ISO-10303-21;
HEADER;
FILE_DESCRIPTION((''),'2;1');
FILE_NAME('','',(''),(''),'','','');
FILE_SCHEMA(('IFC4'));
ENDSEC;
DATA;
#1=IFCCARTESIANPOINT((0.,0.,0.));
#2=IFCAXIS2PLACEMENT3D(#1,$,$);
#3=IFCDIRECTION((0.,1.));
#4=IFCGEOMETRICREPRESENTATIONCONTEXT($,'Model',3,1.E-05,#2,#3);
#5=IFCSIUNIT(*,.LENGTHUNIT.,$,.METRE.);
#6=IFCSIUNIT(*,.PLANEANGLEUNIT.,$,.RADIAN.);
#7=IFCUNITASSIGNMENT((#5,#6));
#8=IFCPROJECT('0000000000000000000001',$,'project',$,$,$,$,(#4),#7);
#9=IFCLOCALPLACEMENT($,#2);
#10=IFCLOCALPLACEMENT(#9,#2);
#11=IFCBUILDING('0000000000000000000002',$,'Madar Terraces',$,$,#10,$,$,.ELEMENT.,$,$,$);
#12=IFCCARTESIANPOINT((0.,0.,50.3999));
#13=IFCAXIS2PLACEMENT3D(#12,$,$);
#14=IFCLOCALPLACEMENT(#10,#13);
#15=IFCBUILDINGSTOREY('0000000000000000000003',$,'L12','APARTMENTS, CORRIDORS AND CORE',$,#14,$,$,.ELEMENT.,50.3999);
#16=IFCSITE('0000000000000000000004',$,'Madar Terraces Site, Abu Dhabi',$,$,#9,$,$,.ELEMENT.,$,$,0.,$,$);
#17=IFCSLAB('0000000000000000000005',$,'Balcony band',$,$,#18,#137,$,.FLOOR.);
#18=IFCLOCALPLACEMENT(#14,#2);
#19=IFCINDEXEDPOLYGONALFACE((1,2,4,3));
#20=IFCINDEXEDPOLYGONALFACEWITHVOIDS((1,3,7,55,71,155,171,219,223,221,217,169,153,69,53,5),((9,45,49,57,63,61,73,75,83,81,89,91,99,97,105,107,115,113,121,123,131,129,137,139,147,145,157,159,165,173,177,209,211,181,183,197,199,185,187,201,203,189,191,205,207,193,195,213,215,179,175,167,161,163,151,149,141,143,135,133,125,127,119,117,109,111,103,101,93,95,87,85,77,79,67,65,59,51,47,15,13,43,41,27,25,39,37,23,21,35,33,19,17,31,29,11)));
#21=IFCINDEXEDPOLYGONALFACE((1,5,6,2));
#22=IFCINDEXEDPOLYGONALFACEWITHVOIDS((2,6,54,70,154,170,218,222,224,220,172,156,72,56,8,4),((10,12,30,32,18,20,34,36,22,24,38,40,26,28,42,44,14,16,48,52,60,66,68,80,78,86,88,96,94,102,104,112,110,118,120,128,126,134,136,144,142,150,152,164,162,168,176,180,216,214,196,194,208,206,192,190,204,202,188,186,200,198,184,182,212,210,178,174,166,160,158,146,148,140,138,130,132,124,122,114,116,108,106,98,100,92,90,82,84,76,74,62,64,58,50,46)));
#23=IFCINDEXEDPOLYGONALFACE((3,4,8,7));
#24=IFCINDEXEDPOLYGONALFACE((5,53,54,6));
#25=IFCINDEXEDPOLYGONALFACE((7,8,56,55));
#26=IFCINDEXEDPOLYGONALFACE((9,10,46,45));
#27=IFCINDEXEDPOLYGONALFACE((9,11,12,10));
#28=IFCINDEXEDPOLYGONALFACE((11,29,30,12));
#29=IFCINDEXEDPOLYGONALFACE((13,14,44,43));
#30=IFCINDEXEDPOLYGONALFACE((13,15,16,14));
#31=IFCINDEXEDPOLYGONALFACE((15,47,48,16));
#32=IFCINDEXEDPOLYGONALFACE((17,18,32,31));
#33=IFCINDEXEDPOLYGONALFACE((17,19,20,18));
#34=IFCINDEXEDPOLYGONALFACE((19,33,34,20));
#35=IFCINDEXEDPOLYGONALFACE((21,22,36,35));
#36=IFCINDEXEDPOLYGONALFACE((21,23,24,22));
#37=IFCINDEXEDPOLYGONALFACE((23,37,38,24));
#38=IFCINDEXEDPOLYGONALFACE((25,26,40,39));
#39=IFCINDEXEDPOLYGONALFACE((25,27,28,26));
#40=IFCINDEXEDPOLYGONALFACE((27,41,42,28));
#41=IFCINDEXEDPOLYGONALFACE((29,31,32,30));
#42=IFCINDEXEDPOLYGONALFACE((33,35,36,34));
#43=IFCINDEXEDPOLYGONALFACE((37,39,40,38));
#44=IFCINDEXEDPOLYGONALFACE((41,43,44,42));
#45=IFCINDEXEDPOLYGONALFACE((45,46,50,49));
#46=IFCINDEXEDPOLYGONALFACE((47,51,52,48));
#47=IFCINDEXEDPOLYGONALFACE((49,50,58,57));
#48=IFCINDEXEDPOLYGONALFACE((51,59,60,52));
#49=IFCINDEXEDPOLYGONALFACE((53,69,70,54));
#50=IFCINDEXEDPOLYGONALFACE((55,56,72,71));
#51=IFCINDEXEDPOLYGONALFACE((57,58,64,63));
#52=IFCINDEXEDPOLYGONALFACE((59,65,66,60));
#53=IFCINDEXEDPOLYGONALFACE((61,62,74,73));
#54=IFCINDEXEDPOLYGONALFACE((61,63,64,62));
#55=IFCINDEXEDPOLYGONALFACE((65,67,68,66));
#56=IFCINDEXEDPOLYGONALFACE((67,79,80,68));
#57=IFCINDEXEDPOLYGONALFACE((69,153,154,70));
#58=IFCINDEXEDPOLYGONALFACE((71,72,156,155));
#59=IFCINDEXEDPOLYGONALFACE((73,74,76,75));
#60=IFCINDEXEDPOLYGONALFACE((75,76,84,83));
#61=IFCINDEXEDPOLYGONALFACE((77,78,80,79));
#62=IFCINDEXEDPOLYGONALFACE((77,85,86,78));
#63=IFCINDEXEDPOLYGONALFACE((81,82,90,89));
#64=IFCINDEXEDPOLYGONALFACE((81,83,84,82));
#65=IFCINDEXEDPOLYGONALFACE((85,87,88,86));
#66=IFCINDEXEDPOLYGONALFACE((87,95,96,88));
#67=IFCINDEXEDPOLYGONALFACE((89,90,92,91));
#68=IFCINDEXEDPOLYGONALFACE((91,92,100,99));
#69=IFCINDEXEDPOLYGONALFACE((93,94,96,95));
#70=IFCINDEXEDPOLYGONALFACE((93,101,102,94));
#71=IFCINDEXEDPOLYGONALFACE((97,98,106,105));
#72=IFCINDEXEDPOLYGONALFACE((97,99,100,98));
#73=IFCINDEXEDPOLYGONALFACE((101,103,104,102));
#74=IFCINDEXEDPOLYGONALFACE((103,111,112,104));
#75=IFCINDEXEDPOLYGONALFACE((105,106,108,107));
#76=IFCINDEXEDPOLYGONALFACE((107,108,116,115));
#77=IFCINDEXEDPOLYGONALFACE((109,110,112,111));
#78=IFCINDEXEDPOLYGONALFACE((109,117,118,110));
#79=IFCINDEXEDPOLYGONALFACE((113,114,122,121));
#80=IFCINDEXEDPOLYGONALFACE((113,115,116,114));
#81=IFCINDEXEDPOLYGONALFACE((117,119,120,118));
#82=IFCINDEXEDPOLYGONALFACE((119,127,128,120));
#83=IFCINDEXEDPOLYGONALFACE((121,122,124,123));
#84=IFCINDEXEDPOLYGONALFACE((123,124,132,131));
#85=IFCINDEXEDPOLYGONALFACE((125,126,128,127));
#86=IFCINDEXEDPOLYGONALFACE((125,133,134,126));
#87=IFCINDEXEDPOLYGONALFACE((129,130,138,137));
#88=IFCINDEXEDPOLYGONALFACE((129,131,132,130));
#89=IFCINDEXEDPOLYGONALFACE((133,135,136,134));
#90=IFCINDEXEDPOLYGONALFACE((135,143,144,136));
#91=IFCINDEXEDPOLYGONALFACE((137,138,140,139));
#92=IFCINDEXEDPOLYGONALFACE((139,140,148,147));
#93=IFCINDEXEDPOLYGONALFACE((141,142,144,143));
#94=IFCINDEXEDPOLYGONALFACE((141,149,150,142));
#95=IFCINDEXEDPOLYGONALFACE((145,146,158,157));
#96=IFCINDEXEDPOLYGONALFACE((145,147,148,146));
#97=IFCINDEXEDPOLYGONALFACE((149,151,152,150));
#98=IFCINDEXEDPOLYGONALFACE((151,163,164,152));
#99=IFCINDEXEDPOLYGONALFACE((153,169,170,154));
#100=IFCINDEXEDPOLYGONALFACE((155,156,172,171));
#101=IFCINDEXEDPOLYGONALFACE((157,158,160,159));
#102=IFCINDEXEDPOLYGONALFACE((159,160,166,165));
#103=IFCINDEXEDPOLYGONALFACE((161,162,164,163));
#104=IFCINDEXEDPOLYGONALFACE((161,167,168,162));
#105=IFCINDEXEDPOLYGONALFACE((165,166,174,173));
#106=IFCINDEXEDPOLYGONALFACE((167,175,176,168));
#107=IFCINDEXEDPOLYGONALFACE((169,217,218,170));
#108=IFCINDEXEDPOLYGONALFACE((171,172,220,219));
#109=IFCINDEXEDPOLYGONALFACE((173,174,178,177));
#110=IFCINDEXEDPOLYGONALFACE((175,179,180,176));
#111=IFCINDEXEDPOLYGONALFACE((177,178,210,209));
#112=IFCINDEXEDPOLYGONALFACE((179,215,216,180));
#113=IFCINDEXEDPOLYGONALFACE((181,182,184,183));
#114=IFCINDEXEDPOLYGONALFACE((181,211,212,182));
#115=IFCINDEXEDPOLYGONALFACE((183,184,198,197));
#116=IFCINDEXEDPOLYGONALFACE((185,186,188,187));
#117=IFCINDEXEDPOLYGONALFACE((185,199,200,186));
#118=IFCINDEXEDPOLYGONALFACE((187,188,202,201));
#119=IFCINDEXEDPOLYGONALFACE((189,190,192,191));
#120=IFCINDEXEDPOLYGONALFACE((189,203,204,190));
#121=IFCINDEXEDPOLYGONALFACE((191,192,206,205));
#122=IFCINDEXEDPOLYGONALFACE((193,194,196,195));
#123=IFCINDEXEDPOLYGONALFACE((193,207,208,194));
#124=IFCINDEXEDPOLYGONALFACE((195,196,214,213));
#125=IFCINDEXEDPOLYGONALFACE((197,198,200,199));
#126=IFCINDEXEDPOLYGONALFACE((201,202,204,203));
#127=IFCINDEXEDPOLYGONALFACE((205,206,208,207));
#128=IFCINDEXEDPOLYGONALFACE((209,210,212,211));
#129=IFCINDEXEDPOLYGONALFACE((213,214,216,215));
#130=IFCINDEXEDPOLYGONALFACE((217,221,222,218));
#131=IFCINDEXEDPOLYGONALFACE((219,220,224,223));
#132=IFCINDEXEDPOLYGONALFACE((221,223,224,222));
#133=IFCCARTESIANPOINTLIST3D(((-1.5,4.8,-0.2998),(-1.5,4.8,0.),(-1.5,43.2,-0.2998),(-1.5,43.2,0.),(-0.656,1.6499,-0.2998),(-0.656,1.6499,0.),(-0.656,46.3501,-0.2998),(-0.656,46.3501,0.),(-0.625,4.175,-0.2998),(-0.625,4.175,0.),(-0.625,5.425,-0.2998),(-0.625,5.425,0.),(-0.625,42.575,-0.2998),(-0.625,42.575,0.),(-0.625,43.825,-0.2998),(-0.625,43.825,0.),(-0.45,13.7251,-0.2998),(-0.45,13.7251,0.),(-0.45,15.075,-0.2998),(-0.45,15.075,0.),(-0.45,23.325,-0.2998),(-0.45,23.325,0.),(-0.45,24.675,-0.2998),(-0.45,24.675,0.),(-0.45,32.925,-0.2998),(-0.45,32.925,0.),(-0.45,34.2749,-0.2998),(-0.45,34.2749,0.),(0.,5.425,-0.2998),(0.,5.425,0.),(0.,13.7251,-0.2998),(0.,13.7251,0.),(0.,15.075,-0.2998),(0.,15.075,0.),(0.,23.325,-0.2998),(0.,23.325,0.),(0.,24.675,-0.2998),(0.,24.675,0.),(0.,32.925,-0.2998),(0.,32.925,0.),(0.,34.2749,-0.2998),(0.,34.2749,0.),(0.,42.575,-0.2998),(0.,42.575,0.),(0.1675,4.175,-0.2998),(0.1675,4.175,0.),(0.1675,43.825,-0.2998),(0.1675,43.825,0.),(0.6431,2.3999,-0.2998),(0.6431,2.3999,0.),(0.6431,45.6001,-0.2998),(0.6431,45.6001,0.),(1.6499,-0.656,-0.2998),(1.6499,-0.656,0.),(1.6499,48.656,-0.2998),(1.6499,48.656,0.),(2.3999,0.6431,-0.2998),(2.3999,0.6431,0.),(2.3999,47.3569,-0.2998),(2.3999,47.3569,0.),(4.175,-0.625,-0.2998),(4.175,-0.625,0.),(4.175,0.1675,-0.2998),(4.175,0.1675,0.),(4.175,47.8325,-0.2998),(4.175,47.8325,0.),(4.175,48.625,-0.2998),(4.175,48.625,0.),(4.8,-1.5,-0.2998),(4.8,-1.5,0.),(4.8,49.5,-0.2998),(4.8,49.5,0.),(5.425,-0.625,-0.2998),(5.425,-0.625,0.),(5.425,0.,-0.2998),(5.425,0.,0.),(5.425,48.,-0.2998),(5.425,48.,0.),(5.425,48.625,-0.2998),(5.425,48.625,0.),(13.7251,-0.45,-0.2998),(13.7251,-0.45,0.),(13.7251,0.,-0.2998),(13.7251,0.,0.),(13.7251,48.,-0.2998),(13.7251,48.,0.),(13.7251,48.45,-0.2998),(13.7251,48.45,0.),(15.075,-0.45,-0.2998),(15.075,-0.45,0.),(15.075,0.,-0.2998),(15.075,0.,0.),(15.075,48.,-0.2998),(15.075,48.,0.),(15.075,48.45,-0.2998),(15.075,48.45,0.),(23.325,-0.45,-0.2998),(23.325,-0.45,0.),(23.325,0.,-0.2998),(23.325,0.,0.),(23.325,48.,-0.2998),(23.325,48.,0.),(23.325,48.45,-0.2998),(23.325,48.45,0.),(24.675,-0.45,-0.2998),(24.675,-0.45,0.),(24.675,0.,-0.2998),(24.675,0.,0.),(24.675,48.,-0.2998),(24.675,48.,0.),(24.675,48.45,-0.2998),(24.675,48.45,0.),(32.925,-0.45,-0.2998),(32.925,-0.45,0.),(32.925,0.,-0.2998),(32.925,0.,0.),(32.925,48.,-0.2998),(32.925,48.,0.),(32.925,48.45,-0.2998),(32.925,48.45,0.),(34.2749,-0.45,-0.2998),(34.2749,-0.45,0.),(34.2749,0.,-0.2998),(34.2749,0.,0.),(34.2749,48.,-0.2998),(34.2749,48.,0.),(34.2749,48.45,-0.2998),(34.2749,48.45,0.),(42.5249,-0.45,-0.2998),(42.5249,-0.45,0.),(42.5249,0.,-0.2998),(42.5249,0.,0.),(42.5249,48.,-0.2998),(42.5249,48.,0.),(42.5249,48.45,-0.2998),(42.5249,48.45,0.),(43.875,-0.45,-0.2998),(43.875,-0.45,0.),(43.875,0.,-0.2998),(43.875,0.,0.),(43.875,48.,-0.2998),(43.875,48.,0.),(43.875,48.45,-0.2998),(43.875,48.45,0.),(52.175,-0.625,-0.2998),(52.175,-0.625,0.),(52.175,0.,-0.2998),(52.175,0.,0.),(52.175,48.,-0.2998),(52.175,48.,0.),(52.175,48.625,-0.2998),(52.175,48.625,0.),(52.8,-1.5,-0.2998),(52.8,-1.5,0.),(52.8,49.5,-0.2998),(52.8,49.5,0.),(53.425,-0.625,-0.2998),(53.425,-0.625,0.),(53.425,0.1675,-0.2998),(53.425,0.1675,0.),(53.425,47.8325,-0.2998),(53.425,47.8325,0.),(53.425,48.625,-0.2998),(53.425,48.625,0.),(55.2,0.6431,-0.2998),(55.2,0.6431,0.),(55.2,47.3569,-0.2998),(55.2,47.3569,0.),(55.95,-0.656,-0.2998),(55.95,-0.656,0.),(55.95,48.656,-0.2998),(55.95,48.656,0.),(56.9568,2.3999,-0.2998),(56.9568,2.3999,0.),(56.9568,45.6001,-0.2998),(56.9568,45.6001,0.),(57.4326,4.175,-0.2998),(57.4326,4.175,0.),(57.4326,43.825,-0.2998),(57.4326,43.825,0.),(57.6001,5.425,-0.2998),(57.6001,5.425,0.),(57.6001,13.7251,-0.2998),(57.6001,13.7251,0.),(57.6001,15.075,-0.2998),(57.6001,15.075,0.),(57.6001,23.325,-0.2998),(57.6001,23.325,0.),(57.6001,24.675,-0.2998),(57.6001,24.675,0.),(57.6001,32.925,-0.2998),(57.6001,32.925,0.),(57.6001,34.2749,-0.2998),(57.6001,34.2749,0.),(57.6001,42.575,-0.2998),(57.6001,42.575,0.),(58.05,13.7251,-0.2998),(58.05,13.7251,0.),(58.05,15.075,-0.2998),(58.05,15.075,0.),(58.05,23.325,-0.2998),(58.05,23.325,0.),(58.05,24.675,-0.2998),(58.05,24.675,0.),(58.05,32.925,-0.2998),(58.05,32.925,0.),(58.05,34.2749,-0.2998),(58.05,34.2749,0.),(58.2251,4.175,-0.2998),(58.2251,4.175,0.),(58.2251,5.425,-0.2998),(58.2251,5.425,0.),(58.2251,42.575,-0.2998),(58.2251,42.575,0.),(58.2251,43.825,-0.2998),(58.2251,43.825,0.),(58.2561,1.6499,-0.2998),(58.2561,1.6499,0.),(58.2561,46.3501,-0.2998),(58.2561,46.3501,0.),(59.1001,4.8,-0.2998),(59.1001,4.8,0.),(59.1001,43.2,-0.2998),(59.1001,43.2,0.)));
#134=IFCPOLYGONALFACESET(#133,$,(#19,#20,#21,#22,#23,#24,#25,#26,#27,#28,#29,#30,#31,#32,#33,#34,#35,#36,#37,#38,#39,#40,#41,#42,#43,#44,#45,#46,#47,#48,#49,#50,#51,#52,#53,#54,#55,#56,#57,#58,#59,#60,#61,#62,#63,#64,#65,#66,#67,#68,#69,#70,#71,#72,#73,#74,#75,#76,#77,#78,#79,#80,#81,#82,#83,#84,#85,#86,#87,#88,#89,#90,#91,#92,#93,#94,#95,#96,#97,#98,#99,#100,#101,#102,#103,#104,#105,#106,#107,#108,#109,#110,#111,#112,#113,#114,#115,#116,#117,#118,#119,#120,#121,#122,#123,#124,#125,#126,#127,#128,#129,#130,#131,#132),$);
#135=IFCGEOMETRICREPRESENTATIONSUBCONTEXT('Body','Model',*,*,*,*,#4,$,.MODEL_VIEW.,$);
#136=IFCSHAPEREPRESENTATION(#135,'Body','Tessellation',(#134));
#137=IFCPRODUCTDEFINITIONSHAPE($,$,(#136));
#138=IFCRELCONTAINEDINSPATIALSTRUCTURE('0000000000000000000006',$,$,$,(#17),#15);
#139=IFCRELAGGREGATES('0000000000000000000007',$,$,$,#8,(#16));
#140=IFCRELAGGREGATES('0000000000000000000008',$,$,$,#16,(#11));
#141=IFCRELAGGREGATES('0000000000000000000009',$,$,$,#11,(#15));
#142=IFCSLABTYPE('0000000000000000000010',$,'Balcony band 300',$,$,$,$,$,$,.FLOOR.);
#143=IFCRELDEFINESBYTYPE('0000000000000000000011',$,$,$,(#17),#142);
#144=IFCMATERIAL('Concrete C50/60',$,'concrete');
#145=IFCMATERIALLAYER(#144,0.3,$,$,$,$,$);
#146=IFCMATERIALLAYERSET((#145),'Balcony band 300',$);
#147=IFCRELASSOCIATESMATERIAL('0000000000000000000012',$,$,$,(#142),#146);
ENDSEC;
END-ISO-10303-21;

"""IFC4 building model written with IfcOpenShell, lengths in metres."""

from ifc_helpers import new_model, si_unit, direction, frame, origin, place, context, subcontext, project, spatial, polyline, outline, extrude, material, layer, layer_set, type_object, element, save


model = new_model("IFC4")

# Units and contexts
model_context = context("Model", 3, precision=1e-05, world=origin(), true_north=direction((0.0, 1.0)))
body_context = subcontext(model_context, "Body", "Model", "MODEL_VIEW")
ifc_project = project(units=[si_unit("LENGTHUNIT", "METRE"), si_unit("PLANEANGLEUNIT", "RADIAN")], contexts=[model_context])

# Site, building, storey
site_placement = place(None, origin())
site = spatial("IfcSite", under=ifc_project, at=site_placement, Name="Madar Terraces Site, Abu Dhabi", CompositionType="ELEMENT", RefElevation=0.0)
building_placement = place(site_placement, origin())
building = spatial("IfcBuilding", under=site, at=building_placement, Name="Madar Terraces", CompositionType="ELEMENT")
storey_placement = place(building_placement, frame((0.0, 0.0, 50.3999)))
storey = spatial("IfcBuildingStorey", under=building, at=storey_placement, Name="L12", Description="APARTMENTS, CORRIDORS AND CORE", CompositionType="ELEMENT", Elevation=50.3999)

# Slab
ifc_material_1 = material(Name="Concrete C50/60", Category="concrete")
ifc_layer_1 = layer(ifc_material_1, 0.3)
ifc_layer_set_1 = layer_set([ifc_layer_1], Name="Balcony band 300")
slab_type_1 = type_object("IfcSlabType", Name="Balcony band 300", PredefinedType="FLOOR", material=ifc_layer_set_1)
slab_1_placement = place(storey_placement, frame((0.0, 0.0, -0.2998)))
element("IfcSlab", 1, at=slab_1_placement, inside=storey, type_object=slab_type_1, Name="Balcony band", PredefinedType="FLOOR", context=body_context, shape_type="SweptSolid", body=[
    extrude(outline(polyline([(4.8, -1.5), (1.6499, -0.656), (-0.656, 1.6499), (-1.5, 4.8), (-1.5, 43.2), (-0.656, 46.3501), (1.6499, 48.656), (4.8, 49.5), (52.8, 49.5), (55.95, 48.656), (58.2561, 46.3501), (59.1001, 43.2), (59.1001, 4.8), (58.2561, 1.6499), (55.95, -0.656), (52.8, -1.5), (4.8, -1.5)]), holes=[polyline([(5.425, -0.625), (5.425, 0.0), (13.7251, 0.0), (13.7251, -0.45), (15.075, -0.45), (15.075, 0.0), (23.325, 0.0), (23.325, -0.45), (24.675, -0.45), (24.675, 0.0), (32.925, 0.0), (32.925, -0.45), (34.2749, -0.45), (34.2749, 0.0), (42.5249, 0.0), (42.5249, -0.45), (43.875, -0.45), (43.875, 0.0), (52.175, 0.0), (52.175, -0.625), (53.425, -0.625), (53.425, 0.1675), (55.2, 0.6431), (56.9568, 2.3999), (57.4326, 4.175), (58.2251, 4.175), (58.2251, 5.425), (57.6001, 5.425), (57.6001, 13.7251), (58.05, 13.7251), (58.05, 15.075), (57.6001, 15.075), (57.6001, 23.325), (58.05, 23.325), (58.05, 24.675), (57.6001, 24.675), (57.6001, 32.925), (58.05, 32.925), (58.05, 34.2749), (57.6001, 34.2749), (57.6001, 42.575), (58.2251, 42.575), (58.2251, 43.825), (57.4326, 43.825), (56.9568, 45.6001), (55.2, 47.3569), (53.425, 47.8325), (53.425, 48.625), (52.175, 48.625), (52.175, 48.0), (43.875, 48.0), (43.875, 48.45), (42.5249, 48.45), (42.5249, 48.0), (34.2749, 48.0), (34.2749, 48.45), (32.925, 48.45), (32.925, 48.0), (24.675, 48.0), (24.675, 48.45), (23.325, 48.45), (23.325, 48.0), (15.075, 48.0), (15.075, 48.45), (13.7251, 48.45), (13.7251, 48.0), (5.425, 48.0), (5.425, 48.625), (4.175, 48.625), (4.175, 47.8325), (2.3999, 47.3569), (0.6431, 45.6001), (0.1675, 43.825), (-0.625, 43.825), (-0.625, 42.575), (0.0, 42.575), (0.0, 34.2749), (-0.45, 34.2749), (-0.45, 32.925), (0.0, 32.925), (0.0, 24.675), (-0.45, 24.675), (-0.45, 23.325), (0.0, 23.325), (0.0, 15.075), (-0.45, 15.075), (-0.45, 13.7251), (0.0, 13.7251), (0.0, 5.425), (-0.625, 5.425), (-0.625, 4.175), (0.1675, 4.175), (0.6431, 2.3999), (2.3999, 0.6431), (4.175, 0.1675), (4.175, -0.625), (5.425, -0.625)])]), origin(), (0.0, 0.0, 1.0), 0.2998),
])

save(model, "model.ifc")
